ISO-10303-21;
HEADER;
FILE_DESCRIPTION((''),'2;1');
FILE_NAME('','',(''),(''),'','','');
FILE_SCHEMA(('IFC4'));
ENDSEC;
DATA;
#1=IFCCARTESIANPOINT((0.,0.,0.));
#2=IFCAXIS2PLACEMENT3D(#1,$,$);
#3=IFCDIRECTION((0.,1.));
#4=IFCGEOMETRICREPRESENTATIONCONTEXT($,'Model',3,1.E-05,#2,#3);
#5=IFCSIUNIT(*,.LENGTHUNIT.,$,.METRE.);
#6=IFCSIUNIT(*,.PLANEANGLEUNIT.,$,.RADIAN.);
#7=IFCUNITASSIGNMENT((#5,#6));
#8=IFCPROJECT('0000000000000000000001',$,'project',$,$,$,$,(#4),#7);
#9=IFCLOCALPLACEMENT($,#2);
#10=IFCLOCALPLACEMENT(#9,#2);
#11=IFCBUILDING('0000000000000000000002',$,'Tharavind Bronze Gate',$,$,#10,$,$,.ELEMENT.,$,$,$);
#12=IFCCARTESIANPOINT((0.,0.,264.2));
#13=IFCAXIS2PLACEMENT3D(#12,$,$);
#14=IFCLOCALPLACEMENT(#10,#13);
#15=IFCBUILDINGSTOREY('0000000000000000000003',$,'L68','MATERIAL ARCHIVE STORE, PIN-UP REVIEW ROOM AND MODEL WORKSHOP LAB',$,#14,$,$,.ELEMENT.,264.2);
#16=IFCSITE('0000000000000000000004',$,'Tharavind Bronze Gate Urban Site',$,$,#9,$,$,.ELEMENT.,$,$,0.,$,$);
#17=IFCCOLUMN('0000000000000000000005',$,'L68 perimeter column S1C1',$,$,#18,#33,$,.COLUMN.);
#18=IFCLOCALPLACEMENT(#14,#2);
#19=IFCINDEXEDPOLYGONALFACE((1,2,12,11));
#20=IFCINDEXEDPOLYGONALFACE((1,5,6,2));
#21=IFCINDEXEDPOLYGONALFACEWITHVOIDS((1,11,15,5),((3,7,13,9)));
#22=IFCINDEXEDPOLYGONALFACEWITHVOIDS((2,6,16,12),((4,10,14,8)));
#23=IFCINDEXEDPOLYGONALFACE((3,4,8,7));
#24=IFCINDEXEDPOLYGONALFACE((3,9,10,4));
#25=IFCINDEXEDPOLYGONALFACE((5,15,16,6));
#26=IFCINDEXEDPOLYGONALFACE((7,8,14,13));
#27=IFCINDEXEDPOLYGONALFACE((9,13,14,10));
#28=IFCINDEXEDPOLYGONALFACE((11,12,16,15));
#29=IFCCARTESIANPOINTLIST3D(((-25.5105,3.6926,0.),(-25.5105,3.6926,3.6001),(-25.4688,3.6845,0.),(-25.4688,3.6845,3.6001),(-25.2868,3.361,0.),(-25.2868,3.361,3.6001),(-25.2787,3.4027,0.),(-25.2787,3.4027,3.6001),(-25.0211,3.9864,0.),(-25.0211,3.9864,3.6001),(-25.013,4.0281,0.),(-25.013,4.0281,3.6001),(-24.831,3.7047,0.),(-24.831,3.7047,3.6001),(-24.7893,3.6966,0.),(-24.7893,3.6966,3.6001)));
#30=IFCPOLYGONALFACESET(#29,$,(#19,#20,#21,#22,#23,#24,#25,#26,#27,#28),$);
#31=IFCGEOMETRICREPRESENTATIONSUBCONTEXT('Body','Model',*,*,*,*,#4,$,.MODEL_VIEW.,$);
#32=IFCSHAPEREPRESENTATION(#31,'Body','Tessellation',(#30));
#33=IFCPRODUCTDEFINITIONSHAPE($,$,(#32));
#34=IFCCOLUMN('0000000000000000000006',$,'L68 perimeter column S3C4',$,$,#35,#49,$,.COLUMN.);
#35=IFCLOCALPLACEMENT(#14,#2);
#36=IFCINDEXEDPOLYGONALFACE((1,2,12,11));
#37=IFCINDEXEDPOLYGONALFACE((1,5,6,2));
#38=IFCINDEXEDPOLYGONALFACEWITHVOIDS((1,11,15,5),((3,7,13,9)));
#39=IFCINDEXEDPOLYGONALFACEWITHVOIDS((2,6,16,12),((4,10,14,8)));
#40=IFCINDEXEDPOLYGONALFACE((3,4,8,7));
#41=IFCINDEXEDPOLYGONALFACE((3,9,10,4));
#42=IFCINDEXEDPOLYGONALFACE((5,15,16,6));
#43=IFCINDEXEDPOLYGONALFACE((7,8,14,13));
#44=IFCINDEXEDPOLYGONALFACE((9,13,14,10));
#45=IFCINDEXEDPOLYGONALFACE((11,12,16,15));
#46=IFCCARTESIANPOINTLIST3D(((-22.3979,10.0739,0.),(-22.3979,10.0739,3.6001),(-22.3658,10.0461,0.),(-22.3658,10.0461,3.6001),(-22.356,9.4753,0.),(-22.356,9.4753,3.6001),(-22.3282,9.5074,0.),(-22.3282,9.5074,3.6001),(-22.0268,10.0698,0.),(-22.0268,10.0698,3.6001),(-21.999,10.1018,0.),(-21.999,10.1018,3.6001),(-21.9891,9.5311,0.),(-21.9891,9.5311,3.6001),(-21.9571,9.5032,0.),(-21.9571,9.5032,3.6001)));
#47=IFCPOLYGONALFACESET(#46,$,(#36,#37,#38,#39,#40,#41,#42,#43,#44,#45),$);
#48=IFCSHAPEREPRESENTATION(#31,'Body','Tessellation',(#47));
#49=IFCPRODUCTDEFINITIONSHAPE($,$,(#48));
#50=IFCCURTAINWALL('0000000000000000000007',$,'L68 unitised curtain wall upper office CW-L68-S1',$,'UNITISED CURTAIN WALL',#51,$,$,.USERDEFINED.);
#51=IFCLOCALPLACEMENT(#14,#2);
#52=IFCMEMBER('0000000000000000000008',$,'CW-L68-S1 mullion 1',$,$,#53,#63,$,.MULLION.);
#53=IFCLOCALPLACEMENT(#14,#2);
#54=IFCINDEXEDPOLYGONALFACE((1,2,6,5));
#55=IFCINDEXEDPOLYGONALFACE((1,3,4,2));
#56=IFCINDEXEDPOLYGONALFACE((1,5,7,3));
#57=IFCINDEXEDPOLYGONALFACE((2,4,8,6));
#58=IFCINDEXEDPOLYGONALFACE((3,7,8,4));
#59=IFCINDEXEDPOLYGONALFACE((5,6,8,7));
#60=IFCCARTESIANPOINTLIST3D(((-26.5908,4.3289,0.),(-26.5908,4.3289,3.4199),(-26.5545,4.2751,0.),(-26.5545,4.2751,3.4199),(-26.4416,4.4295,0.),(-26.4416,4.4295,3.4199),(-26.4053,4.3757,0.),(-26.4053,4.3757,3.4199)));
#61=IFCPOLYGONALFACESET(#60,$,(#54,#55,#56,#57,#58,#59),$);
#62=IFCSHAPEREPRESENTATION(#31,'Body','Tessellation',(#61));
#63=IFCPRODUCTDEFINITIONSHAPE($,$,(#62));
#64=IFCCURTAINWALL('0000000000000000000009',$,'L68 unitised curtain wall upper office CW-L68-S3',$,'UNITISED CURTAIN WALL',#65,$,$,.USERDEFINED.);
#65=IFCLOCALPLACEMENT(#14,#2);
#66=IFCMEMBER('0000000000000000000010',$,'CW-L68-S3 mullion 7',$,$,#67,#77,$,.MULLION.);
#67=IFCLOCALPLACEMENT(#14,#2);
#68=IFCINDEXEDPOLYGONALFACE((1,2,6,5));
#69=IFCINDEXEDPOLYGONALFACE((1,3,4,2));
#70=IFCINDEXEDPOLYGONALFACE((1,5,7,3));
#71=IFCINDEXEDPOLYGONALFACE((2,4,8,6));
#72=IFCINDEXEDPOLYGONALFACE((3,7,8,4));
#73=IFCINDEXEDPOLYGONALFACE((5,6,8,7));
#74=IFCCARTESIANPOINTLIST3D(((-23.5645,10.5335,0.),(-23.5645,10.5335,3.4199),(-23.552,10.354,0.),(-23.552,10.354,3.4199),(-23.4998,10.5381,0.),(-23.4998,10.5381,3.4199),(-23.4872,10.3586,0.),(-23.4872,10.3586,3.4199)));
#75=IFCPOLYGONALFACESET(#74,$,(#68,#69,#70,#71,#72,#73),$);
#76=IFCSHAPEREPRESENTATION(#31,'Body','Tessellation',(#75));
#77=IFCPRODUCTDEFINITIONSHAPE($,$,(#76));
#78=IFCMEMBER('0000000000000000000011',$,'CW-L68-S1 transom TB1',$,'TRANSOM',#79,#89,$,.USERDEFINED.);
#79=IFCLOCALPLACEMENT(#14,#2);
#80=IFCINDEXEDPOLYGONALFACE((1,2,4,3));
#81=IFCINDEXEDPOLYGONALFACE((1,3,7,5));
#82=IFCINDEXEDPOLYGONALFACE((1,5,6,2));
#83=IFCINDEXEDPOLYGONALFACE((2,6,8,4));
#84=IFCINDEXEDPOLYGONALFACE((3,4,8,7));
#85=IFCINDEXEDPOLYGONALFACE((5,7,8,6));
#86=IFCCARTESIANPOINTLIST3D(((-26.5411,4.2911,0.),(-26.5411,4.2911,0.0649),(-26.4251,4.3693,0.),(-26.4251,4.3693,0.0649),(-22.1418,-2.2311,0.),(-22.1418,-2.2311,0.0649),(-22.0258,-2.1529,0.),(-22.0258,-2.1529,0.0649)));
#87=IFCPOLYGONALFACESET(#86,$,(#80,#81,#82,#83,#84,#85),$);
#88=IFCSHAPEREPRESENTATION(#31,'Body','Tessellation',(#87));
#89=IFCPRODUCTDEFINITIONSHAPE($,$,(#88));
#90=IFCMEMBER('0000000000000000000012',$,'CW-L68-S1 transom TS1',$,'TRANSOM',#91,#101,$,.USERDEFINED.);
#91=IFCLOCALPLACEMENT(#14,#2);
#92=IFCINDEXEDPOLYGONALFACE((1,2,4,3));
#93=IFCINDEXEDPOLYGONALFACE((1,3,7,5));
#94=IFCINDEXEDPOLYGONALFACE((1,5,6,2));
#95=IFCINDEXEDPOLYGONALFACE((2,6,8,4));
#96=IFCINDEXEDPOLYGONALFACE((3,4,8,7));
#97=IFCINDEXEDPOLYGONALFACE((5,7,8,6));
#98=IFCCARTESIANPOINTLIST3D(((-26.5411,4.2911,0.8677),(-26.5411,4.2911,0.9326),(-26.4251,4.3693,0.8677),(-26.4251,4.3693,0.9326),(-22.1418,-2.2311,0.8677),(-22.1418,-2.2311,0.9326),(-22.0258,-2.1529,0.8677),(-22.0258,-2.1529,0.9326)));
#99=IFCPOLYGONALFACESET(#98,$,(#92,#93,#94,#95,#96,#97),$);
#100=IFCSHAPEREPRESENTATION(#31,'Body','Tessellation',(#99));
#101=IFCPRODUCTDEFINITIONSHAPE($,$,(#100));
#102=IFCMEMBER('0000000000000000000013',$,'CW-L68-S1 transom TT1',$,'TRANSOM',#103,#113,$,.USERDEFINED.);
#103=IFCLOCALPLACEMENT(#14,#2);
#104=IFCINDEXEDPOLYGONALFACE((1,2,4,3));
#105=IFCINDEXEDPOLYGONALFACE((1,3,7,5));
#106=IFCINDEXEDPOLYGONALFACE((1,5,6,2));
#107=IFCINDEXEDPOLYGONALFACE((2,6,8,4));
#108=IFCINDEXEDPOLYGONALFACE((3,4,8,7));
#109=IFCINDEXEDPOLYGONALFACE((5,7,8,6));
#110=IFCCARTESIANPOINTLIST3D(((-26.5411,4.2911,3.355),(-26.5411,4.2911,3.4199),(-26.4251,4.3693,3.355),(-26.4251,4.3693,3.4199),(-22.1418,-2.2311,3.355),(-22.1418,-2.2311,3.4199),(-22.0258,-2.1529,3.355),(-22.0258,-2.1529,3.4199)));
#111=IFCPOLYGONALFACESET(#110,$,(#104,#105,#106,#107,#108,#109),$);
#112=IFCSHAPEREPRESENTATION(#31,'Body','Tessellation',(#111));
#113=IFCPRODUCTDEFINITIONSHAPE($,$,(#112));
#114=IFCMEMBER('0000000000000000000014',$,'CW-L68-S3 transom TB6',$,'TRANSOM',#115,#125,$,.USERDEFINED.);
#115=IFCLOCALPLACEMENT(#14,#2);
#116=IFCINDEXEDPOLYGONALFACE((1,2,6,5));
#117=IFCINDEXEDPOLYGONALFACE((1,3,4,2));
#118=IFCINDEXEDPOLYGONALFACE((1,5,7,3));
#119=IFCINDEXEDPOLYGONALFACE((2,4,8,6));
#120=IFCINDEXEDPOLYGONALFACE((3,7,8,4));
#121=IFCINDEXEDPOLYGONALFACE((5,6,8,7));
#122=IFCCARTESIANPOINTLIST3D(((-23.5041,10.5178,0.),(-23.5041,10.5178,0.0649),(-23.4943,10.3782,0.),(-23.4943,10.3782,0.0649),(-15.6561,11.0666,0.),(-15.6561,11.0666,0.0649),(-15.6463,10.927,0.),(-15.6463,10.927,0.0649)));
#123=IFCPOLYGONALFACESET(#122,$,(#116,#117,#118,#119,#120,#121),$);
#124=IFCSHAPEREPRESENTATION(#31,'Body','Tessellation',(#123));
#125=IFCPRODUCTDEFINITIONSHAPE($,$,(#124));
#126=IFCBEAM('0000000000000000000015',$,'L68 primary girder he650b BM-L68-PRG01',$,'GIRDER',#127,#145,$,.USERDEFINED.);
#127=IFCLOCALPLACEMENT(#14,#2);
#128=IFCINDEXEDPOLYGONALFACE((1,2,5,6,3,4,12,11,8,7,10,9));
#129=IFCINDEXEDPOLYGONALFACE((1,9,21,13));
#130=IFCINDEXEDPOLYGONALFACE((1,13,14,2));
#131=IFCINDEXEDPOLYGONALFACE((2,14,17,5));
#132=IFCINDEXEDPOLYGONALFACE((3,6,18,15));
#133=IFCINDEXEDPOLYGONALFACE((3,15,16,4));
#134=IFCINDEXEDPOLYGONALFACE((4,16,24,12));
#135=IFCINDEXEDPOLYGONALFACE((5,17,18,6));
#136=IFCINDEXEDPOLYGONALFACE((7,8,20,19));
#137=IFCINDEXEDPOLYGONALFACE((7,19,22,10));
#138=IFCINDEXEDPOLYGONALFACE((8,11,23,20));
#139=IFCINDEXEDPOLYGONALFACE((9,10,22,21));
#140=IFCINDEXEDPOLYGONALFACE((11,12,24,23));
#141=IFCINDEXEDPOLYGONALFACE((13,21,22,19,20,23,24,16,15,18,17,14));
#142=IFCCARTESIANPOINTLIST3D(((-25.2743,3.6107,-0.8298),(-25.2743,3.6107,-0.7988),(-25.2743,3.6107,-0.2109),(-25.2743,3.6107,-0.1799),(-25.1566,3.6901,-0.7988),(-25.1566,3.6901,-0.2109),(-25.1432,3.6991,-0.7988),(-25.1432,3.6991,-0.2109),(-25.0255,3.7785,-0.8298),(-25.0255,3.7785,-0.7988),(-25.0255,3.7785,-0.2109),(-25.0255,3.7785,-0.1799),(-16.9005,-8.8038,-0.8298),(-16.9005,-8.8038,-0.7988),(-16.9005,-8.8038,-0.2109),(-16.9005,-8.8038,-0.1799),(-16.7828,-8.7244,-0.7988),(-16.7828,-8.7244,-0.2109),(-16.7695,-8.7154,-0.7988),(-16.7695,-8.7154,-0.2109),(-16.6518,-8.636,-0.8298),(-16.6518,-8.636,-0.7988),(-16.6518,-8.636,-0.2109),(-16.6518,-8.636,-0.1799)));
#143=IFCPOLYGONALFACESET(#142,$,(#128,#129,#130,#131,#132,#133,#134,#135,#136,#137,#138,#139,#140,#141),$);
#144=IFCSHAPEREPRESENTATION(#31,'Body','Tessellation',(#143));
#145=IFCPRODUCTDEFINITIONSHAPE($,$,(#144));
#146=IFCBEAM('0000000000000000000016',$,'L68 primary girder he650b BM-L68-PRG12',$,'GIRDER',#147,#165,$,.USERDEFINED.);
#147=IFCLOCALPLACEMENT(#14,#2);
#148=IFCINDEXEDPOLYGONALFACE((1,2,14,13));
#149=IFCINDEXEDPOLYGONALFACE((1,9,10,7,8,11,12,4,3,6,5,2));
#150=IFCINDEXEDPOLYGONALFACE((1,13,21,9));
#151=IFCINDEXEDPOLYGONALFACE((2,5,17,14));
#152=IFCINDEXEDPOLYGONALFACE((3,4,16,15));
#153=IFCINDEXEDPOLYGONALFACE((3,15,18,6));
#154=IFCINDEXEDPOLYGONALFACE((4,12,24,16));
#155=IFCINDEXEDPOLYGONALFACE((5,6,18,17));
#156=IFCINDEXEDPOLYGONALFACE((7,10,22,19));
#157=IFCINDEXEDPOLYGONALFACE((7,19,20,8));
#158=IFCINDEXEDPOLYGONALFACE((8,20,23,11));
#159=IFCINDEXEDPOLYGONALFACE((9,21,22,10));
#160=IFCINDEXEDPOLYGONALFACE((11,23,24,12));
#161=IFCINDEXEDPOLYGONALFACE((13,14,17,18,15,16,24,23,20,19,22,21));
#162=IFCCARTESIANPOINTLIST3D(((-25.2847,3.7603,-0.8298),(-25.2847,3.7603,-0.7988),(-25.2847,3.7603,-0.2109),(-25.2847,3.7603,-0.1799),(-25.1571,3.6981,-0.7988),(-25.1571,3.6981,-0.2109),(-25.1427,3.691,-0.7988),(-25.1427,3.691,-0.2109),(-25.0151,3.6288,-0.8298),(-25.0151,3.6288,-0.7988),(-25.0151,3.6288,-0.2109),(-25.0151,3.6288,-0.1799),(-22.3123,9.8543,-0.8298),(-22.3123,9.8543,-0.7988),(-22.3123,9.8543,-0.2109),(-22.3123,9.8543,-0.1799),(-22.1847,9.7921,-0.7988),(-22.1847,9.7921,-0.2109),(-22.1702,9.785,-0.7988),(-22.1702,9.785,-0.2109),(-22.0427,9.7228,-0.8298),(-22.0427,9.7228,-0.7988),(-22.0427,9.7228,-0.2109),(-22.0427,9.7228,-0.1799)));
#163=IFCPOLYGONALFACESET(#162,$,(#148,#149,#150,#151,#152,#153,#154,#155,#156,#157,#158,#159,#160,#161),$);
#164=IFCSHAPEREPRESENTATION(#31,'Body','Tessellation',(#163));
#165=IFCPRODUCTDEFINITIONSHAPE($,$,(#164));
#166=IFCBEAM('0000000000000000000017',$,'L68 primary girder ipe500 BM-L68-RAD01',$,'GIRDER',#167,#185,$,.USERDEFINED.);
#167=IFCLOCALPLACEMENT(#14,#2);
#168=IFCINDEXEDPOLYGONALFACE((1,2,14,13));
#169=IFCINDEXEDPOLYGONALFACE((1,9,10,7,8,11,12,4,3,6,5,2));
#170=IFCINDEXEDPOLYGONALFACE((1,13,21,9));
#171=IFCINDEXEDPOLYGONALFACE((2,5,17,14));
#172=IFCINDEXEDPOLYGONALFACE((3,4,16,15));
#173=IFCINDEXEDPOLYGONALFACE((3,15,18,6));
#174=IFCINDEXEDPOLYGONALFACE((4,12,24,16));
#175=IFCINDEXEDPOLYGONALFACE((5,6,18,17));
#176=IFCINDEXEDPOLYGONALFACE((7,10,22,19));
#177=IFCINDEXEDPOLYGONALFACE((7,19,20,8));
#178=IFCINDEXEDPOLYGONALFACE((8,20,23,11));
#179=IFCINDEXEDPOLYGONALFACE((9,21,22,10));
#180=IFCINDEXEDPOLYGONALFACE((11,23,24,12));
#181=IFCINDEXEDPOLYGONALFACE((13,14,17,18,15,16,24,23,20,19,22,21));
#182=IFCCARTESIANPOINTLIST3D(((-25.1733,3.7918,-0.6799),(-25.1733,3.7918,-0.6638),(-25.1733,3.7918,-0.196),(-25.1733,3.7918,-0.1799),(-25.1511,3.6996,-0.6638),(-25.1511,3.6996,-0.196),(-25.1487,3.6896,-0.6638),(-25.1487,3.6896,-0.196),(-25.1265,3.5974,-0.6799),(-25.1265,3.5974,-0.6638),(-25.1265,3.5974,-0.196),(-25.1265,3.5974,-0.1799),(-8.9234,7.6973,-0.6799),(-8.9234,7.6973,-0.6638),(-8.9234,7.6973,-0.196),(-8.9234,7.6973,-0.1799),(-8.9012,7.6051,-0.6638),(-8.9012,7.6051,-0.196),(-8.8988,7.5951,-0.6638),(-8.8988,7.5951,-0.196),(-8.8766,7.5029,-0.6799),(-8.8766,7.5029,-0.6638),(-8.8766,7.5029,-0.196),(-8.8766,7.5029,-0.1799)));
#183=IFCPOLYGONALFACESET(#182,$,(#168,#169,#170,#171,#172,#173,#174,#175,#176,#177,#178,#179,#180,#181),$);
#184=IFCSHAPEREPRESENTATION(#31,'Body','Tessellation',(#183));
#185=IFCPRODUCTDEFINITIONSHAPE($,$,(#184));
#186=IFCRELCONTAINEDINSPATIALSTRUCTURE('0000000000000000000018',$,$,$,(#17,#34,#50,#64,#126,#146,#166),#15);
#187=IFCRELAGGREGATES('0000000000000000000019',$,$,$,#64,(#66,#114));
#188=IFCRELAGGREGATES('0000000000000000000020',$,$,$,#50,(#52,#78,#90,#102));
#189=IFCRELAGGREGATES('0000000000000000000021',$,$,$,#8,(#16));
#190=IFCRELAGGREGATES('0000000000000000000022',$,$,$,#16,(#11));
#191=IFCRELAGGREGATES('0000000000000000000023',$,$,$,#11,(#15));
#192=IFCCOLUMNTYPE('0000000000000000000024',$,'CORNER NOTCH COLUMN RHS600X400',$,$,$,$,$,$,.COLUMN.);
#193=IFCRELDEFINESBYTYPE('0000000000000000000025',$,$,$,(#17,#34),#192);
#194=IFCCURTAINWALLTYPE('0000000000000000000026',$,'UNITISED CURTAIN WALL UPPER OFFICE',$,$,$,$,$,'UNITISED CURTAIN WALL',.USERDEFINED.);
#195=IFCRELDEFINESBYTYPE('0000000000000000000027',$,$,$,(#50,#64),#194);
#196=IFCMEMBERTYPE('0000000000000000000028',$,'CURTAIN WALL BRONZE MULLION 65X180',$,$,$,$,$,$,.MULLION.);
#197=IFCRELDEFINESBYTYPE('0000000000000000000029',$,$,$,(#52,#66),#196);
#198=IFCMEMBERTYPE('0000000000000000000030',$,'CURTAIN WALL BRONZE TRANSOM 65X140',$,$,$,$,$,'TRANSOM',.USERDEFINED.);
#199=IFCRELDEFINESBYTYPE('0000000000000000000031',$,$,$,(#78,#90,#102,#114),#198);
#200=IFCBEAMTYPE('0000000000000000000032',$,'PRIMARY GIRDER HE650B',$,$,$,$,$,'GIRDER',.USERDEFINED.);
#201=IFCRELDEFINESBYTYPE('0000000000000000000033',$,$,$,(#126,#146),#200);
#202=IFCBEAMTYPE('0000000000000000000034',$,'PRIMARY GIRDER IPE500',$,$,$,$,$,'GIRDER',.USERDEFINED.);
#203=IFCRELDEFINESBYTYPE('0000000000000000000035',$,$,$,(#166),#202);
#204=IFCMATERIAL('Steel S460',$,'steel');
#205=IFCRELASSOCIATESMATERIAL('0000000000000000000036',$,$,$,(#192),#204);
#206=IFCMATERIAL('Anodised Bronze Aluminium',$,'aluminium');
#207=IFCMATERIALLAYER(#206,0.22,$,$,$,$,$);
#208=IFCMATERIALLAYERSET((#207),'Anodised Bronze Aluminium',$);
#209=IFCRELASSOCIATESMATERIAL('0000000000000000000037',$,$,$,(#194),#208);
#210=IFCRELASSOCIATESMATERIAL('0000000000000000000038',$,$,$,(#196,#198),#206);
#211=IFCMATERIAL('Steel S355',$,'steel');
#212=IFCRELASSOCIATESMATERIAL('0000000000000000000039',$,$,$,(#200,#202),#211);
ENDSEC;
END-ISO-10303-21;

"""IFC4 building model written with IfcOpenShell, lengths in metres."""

from ifc_helpers import new_model, si_unit, direction, frame, origin, origin_2d, place, context, subcontext, project, spatial, rectangle, hollow_rectangle, i_section, extrude, material, layer, layer_set, material_profile, profile_set, type_object, element, aggregate, save


model = new_model("IFC4")

# Units and contexts
model_context = context("Model", 3, precision=1e-05, world=origin(), true_north=direction((0.0, 1.0)))
body_context = subcontext(model_context, "Body", "Model", "MODEL_VIEW")
ifc_project = project(units=[si_unit("LENGTHUNIT", "METRE"), si_unit("PLANEANGLEUNIT", "RADIAN")], contexts=[model_context])

# Site, building, storey
site_placement = place(None, origin())
site = spatial("IfcSite", under=ifc_project, at=site_placement, Name="Tharavind Bronze Gate Urban Site", CompositionType="ELEMENT", RefElevation=0.0)
building_placement = place(site_placement, origin())
building = spatial("IfcBuilding", under=site, at=building_placement, Name="Tharavind Bronze Gate", CompositionType="ELEMENT")
storey_placement = place(building_placement, frame((0.0, 0.0, 264.2)))
storey = spatial("IfcBuildingStorey", under=building, at=storey_placement, Name="L68", Description="MATERIAL ARCHIVE STORE, PIN-UP REVIEW ROOM AND MODEL WORKSHOP LAB", CompositionType="ELEMENT", Elevation=264.2)

# Columns
ifc_material_1 = material(Name="Steel S460", Category="steel")
ifc_material_profile_1 = material_profile(ifc_material_1, hollow_rectangle(XDim=0.3999, YDim=0.6001, WallThickness=0.03, at=origin_2d()), Name="RHS600X400X30")
ifc_profile_set_1 = profile_set([ifc_material_profile_1], Name="Steel S460")
column_type = type_object("IfcColumnType", Name="CORNER NOTCH COLUMN RHS600X400", PredefinedType="COLUMN", material=ifc_profile_set_1)
for number, where, z_axis, x_axis, name in (
    (1, (-25.1499, 3.6946, 0.0), (0.0, 0.0, 1.0), (-0.559193, 0.829038, 0.0), "L68 perimeter column S1C1"),
    (2, (-22.1775, 9.7886, 0.0), (0.0, 0.0, 1.0), (0.997564, 0.069758, 0.0), "L68 perimeter column S3C4"),
):
    element("IfcColumn", number, at=place(storey_placement, frame(where, z_axis=z_axis, x_axis=x_axis)), inside=storey, type_object=column_type, Name=name, PredefinedType="COLUMN", context=body_context, shape_type="SweptSolid", body=[
        extrude(hollow_rectangle(XDim=0.3999, YDim=0.6001, WallThickness=0.03, at=origin_2d()), origin(), (0.0, 0.0, 1.0), 3.6001),
    ])

# Curtain walls, members
ifc_material_2 = material(Name="Anodised Bronze Aluminium", Category="aluminium")
ifc_layer_1 = layer(ifc_material_2, 0.22)
ifc_layer_set_1 = layer_set([ifc_layer_1], Name="Anodised Bronze Aluminium")
curtain_wall_type = type_object("IfcCurtainWallType", Name="UNITISED CURTAIN WALL UPPER OFFICE", ElementType="UNITISED CURTAIN WALL", PredefinedType="USERDEFINED", material=ifc_layer_set_1)
curtain_wall_1_placement = place(storey_placement, origin())
curtain_wall_1 = element("IfcCurtainWall", 3, at=curtain_wall_1_placement, inside=storey, type_object=curtain_wall_type, Name="L68 unitised curtain wall upper office CW-L68-S1", ObjectType="UNITISED CURTAIN WALL", PredefinedType="USERDEFINED")
member_type_1 = type_object("IfcMemberType", Name="CURTAIN WALL BRONZE MULLION 65X180", PredefinedType="MULLION", material=ifc_material_2)
member_1_placement = place(storey_placement, frame((-26.498, 4.3523, 0.0), z_axis=(0.0, 0.0, 1.0), x_axis=(0.559191, -0.829039, 0.0)))
member_1 = element("IfcMember", 4, at=member_1_placement, type_object=member_type_1, Name="CW-L68-S1 mullion 1", PredefinedType="MULLION", context=body_context, shape_type="SweptSolid", body=[
    extrude(rectangle(XDim=0.0649, YDim=0.1799, at=origin_2d()), origin(), (0.0, 0.0, 1.0), 3.4199),
])
curtain_wall_2_placement = place(storey_placement, origin())
curtain_wall_2 = element("IfcCurtainWall", 5, at=curtain_wall_2_placement, inside=storey, type_object=curtain_wall_type, Name="L68 unitised curtain wall upper office CW-L68-S3", ObjectType="UNITISED CURTAIN WALL", PredefinedType="USERDEFINED")
member_2_placement = place(storey_placement, frame((-23.5259, 10.446, 0.0), z_axis=(0.0, 0.0, 1.0), x_axis=(-0.997564, -0.06976, 0.0)))
member_2 = element("IfcMember", 6, at=member_2_placement, type_object=member_type_1, Name="CW-L68-S3 mullion 7", PredefinedType="MULLION", context=body_context, shape_type="SweptSolid", body=[
    extrude(rectangle(XDim=0.0649, YDim=0.1799, at=origin_2d()), origin(), (0.0, 0.0, 1.0), 3.4199),
])

# Members
member_type_2 = type_object("IfcMemberType", Name="CURTAIN WALL BRONZE TRANSOM 65X140", ElementType="TRANSOM", PredefinedType="USERDEFINED", material=ifc_material_2)
member_3_placement = place(storey_placement, frame((-24.2834, 1.0691, 0.0), z_axis=(0.0, 0.0, 1.0), x_axis=(0.559191, -0.829039, 0.0)))
member_3 = element("IfcMember", 7, at=member_3_placement, type_object=member_type_2, Name="CW-L68-S1 transom TB1", ObjectType="TRANSOM", PredefinedType="USERDEFINED", context=body_context, shape_type="SweptSolid", body=[
    extrude(rectangle(XDim=7.8672, YDim=0.1399, at=origin_2d()), origin(), (0.0, 0.0, 1.0), 0.0649),
])
member_4_placement = place(storey_placement, frame((-24.2834, 1.0691, 0.8677), z_axis=(0.0, 0.0, 1.0), x_axis=(0.559191, -0.829039, 0.0)))
member_4 = element("IfcMember", 8, at=member_4_placement, type_object=member_type_2, Name="CW-L68-S1 transom TS1", ObjectType="TRANSOM", PredefinedType="USERDEFINED", context=body_context, shape_type="SweptSolid", body=[
    extrude(rectangle(XDim=7.8672, YDim=0.1399, at=origin_2d()), origin(), (0.0, 0.0, 1.0), 0.0649),
])
member_5_placement = place(storey_placement, frame((-24.2834, 1.0691, 3.355), z_axis=(0.0, 0.0, 1.0), x_axis=(0.559191, -0.829039, 0.0)))
member_5 = element("IfcMember", 9, at=member_5_placement, type_object=member_type_2, Name="CW-L68-S1 transom TT1", ObjectType="TRANSOM", PredefinedType="USERDEFINED", context=body_context, shape_type="SweptSolid", body=[
    extrude(rectangle(XDim=7.8672, YDim=0.1399, at=origin_2d()), origin(), (0.0, 0.0, 1.0), 0.0649),
])
member_6_placement = place(storey_placement, frame((-19.5752, 10.7224, 0.0), z_axis=(0.0, 0.0, 1.0), x_axis=(-0.997564, -0.06976, 0.0)))
member_6 = element("IfcMember", 10, at=member_6_placement, type_object=member_type_2, Name="CW-L68-S3 transom TB6", ObjectType="TRANSOM", PredefinedType="USERDEFINED", context=body_context, shape_type="SweptSolid", body=[
    extrude(rectangle(XDim=7.8672, YDim=0.1399, at=origin_2d()), origin(), (0.0, 0.0, 1.0), 0.0649),
])
aggregate(curtain_wall_2, [member_2, member_6])

# Beams
ifc_material_3 = material(Name="Steel S355", Category="steel")
ifc_material_profile_2 = material_profile(ifc_material_3, i_section(OverallWidth=0.3, OverallDepth=0.6499, WebThickness=0.0161, FlangeThickness=0.031, at=origin_2d()), Name="HE650B")
ifc_profile_set_2 = profile_set([ifc_material_profile_2], Name="Steel S355")
beam_type_1 = type_object("IfcBeamType", Name="PRIMARY GIRDER HE650B", ElementType="GIRDER", PredefinedType="USERDEFINED", material=ifc_profile_set_2)
beam_1_placement = place(storey_placement, frame((-25.1499, 3.6946, -0.5049), z_axis=(0.559196, -0.829036, 0.0), x_axis=(0.829036, 0.559196, 0.0)))
element("IfcBeam", 11, at=beam_1_placement, inside=storey, type_object=beam_type_1, Name="L68 primary girder he650b BM-L68-PRG01", ObjectType="GIRDER", PredefinedType="USERDEFINED", context=body_context, shape_type="SweptSolid", body=[
    extrude(i_section(OverallWidth=0.3, OverallDepth=0.6499, WebThickness=0.0161, FlangeThickness=0.031, at=origin_2d()), origin(), (0.0, 0.0, 1.0), 14.9746),
])
beam_2_placement = place(storey_placement, frame((-22.1775, 9.7886, -0.5049), z_axis=(-0.438392, -0.898784, 0.0), x_axis=(0.898784, -0.438392, 0.0)))
element("IfcBeam", 12, at=beam_2_placement, inside=storey, type_object=beam_type_1, Name="L68 primary girder he650b BM-L68-PRG12", ObjectType="GIRDER", PredefinedType="USERDEFINED", context=body_context, shape_type="SweptSolid", body=[
    extrude(i_section(OverallWidth=0.3, OverallDepth=0.6499, WebThickness=0.0161, FlangeThickness=0.031, at=origin_2d()), origin(), (0.0, 0.0, 1.0), 6.7803),
])
ifc_material_profile_3 = material_profile(ifc_material_3, i_section(OverallWidth=0.2, OverallDepth=0.5, WebThickness=0.0103, FlangeThickness=0.0161, at=origin_2d()), Name="IPE500")
ifc_profile_set_3 = profile_set([ifc_material_profile_3], Name="Steel S355")
beam_type_2 = type_object("IfcBeamType", Name="PRIMARY GIRDER IPE500", ElementType="GIRDER", PredefinedType="USERDEFINED", material=ifc_profile_set_3)
beam_3_placement = place(storey_placement, frame((-25.1499, 3.6946, -0.4299), z_axis=(0.972312, 0.233685, 0.0), x_axis=(-0.233685, 0.972312, 0.0)))
element("IfcBeam", 13, at=beam_3_placement, inside=storey, type_object=beam_type_2, Name="L68 primary girder ipe500 BM-L68-RAD01", ObjectType="GIRDER", PredefinedType="USERDEFINED", context=body_context, shape_type="SweptSolid", body=[
    extrude(i_section(OverallWidth=0.2, OverallDepth=0.5, WebThickness=0.0103, FlangeThickness=0.0161, at=origin_2d()), origin(), (0.0, 0.0, 1.0), 16.7126),
])

aggregate(curtain_wall_1, [member_1, member_3, member_4, member_5])

save(model, "model.ifc")
